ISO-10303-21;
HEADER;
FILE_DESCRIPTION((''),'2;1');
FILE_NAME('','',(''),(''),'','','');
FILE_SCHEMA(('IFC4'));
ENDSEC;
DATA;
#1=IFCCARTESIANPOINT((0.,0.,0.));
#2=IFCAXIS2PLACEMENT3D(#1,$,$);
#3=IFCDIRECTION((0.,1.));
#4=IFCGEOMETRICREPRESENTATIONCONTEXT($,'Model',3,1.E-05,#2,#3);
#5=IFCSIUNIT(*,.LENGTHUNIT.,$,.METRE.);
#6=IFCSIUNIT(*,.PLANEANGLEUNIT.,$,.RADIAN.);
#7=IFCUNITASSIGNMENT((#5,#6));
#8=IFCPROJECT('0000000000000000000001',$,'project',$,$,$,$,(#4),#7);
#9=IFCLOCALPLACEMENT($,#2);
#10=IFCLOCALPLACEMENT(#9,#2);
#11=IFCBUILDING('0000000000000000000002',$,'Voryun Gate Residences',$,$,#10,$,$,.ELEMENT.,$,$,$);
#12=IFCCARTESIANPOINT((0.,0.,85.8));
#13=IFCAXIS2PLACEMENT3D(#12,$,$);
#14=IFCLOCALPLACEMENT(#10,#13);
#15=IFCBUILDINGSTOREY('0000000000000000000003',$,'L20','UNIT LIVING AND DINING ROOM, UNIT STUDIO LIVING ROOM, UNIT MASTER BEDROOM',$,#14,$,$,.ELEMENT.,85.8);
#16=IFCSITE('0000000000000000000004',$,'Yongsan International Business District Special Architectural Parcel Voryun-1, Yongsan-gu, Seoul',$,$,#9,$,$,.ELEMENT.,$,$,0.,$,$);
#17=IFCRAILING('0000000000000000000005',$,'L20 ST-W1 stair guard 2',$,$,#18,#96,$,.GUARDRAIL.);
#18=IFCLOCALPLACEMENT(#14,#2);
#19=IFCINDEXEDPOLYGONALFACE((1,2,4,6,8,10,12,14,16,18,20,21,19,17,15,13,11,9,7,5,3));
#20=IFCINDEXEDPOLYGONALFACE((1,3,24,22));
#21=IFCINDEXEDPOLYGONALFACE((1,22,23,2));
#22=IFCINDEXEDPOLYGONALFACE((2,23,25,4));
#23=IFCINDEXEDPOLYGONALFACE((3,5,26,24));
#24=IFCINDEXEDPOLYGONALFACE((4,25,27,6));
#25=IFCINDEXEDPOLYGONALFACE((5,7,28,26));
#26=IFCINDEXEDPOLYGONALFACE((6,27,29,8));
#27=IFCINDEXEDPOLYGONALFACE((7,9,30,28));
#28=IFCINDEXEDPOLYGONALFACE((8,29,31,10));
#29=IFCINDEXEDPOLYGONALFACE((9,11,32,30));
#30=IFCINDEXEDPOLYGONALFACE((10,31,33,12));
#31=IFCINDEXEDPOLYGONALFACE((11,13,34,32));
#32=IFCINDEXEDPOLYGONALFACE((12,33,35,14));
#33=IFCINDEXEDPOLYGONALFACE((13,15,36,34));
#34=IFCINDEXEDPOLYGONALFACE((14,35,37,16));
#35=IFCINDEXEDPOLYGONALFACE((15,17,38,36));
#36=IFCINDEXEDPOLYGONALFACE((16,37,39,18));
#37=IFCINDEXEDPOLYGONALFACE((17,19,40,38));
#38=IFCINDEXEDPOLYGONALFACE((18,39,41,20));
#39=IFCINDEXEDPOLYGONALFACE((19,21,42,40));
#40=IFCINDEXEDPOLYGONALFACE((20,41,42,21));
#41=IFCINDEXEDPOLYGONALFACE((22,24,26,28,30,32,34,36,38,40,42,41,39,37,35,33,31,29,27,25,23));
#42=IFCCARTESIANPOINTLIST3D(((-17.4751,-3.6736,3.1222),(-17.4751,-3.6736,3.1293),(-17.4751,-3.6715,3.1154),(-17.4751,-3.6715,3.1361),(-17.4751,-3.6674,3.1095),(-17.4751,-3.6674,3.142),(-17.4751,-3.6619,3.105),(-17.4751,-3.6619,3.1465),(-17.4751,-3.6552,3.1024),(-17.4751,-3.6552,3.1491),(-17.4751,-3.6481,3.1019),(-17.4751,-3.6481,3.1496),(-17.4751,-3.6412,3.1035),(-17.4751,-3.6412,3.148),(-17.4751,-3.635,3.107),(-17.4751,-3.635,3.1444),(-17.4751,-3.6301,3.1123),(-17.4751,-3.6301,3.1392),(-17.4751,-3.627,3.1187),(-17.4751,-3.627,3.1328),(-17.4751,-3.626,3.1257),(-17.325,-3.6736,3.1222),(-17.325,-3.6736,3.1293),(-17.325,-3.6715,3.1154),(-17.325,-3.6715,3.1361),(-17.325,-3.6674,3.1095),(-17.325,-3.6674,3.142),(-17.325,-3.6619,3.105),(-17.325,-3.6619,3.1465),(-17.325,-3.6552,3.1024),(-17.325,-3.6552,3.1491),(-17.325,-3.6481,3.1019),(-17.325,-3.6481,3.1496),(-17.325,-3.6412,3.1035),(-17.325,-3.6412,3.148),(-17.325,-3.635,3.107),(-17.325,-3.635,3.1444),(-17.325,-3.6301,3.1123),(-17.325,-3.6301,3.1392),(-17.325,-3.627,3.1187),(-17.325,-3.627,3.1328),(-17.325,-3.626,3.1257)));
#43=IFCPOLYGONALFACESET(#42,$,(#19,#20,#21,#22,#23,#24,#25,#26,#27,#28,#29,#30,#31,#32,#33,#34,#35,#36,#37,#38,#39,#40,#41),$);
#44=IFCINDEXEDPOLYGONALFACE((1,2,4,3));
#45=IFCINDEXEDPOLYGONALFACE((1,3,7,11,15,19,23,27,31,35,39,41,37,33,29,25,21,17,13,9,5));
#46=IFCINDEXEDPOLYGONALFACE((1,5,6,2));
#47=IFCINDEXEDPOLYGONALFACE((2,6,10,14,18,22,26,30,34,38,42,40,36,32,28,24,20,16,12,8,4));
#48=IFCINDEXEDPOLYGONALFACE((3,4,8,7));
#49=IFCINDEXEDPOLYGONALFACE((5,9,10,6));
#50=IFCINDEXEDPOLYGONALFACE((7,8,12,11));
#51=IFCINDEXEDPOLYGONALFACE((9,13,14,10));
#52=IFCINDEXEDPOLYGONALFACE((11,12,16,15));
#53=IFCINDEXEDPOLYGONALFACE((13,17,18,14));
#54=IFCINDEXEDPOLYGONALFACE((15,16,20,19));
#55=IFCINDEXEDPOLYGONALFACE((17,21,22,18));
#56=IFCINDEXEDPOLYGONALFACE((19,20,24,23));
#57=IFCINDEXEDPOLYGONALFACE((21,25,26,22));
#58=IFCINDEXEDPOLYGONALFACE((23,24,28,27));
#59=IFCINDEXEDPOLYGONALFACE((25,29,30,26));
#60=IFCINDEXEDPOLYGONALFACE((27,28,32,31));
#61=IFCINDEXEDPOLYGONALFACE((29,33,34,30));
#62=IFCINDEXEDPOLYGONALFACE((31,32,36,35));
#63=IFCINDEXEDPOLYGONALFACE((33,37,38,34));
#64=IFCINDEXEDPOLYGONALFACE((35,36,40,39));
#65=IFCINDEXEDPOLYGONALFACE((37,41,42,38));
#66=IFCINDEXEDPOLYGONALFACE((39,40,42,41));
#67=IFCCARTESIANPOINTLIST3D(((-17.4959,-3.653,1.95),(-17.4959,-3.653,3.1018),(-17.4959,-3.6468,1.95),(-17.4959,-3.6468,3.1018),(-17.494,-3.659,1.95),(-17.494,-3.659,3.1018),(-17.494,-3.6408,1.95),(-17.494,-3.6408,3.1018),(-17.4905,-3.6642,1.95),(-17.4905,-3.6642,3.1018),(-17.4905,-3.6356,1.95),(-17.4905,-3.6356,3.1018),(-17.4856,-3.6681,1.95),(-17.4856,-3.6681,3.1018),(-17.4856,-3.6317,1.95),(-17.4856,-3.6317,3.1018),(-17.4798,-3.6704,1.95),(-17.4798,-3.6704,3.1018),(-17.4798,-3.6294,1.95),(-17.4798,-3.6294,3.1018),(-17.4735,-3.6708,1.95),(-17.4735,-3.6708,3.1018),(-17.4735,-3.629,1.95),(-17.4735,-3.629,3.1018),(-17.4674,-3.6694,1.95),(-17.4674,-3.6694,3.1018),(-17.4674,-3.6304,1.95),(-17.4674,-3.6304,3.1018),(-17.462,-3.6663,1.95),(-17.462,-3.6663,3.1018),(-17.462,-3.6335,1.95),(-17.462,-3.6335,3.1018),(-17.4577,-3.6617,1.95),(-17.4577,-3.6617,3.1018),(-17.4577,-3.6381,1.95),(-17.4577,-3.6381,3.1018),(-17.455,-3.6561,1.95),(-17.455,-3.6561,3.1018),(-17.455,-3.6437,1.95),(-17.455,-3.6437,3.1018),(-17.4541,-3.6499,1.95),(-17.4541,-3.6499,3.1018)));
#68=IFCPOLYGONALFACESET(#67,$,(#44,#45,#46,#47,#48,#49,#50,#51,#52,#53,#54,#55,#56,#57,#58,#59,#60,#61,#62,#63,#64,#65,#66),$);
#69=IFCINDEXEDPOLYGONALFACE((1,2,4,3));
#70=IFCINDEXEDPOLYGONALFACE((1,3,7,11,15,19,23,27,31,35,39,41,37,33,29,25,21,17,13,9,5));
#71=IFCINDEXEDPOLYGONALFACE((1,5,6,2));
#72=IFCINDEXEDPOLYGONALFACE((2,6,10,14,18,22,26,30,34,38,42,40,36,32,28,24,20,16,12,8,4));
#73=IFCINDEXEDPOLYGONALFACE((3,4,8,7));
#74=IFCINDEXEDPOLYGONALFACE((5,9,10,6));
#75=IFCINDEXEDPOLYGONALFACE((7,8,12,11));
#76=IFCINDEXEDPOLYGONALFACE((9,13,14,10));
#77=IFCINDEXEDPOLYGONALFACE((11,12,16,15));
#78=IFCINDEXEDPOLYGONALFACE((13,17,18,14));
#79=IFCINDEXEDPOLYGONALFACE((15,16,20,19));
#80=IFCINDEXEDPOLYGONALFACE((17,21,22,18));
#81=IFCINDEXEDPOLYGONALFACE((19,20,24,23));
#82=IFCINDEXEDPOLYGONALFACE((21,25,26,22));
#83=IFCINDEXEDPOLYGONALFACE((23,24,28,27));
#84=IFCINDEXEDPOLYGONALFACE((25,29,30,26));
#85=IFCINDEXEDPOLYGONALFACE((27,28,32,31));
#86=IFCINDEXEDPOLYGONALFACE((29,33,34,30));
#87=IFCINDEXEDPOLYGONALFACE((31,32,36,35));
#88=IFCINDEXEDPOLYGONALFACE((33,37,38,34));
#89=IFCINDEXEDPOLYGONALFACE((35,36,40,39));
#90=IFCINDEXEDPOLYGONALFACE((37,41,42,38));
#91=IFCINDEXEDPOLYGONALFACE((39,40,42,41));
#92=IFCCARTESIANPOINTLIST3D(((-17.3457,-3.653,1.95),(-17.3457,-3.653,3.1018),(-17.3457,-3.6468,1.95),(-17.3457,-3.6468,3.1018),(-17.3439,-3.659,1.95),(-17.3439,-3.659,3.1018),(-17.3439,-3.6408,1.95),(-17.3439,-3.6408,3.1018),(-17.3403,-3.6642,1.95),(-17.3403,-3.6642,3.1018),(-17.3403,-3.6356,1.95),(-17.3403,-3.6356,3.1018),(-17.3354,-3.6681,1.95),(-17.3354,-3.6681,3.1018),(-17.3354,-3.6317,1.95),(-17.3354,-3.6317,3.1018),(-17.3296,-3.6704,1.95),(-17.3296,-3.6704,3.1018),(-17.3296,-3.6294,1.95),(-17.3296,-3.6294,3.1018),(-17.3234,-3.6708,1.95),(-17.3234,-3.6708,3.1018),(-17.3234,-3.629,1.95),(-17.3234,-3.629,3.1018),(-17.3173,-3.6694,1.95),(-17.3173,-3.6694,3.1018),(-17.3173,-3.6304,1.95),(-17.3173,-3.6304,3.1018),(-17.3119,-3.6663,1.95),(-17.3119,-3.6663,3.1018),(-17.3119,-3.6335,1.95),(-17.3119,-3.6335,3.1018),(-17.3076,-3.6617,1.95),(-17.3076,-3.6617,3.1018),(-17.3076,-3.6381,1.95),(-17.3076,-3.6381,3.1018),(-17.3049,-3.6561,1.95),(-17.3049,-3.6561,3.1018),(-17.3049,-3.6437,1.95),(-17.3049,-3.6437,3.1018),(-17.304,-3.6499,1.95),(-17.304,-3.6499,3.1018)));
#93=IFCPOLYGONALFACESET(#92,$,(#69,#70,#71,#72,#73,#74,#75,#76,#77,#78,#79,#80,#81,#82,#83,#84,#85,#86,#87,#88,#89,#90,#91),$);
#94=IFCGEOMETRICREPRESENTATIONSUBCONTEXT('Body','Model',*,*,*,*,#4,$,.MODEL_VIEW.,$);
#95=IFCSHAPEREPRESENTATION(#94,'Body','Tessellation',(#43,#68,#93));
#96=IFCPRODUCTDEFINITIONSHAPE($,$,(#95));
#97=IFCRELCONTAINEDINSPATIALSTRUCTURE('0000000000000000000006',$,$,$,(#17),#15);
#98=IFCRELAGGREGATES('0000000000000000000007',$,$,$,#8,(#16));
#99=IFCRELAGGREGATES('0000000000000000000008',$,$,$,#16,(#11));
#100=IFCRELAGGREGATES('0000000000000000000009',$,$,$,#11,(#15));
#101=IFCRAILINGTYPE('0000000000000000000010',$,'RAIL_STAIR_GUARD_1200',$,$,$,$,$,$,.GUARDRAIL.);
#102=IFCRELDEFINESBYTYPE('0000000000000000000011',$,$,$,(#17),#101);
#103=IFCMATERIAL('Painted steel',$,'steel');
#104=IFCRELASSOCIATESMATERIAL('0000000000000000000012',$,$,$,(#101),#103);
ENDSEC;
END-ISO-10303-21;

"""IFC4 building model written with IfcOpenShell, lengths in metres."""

from ifc_helpers import new_model, si_unit, direction, frame, origin, origin_2d, place, context, subcontext, project, spatial, circle, extrude, material, type_object, element, save


model = new_model("IFC4")

# Units and contexts
model_context = context("Model", 3, precision=1e-05, world=origin(), true_north=direction((0.0, 1.0)))
body_context = subcontext(model_context, "Body", "Model", "MODEL_VIEW")
ifc_project = project(units=[si_unit("LENGTHUNIT", "METRE"), si_unit("PLANEANGLEUNIT", "RADIAN")], contexts=[model_context])

# Site, building, storey
site_placement = place(None, origin())
site = spatial("IfcSite", under=ifc_project, at=site_placement, Name="Yongsan International Business District Special Architectural Parcel Voryun-1, Yongsan-gu, Seoul", CompositionType="ELEMENT", RefElevation=0.0)
building_placement = place(site_placement, origin())
building = spatial("IfcBuilding", under=site, at=building_placement, Name="Voryun Gate Residences", CompositionType="ELEMENT")
storey_placement = place(building_placement, frame((0.0, 0.0, 85.8)))
storey = spatial("IfcBuildingStorey", under=building, at=storey_placement, Name="L20", Description="UNIT LIVING AND DINING ROOM, UNIT STUDIO LIVING ROOM, UNIT MASTER BEDROOM", CompositionType="ELEMENT", Elevation=85.8)

# Railing
ifc_material_1 = material(Name="Painted steel", Category="steel")
railing_type_1 = type_object("IfcRailingType", Name="RAIL_STAIR_GUARD_1200", PredefinedType="GUARDRAIL", material=ifc_material_1)
railing_1_placement = place(storey_placement, frame((-17.4751, -3.6499, 1.95)))
element("IfcRailing", 1, at=railing_1_placement, inside=storey, type_object=railing_type_1, Name="L20 ST-W1 stair guard 2", PredefinedType="GUARDRAIL", context=body_context, shape_type="SweptSolid", body=[
    extrude(circle(Radius=0.0239, at=origin_2d()), frame((0.0, 0.0, 1.1758), z_axis=(1.0, 0.0, 0.0), x_axis=(0.0, 1.0, 0.0)), (0.0, 0.0, 1.0), 0.1501),
    extrude(circle(Radius=0.021, at=origin_2d()), origin(), (0.0, 0.0, 1.0), 1.1519),
    extrude(circle(Radius=0.021, at=origin_2d()), frame((0.1501, 0.0, 0.0)), (0.0, 0.0, 1.0), 1.1519),
])

save(model, "model.ifc")
